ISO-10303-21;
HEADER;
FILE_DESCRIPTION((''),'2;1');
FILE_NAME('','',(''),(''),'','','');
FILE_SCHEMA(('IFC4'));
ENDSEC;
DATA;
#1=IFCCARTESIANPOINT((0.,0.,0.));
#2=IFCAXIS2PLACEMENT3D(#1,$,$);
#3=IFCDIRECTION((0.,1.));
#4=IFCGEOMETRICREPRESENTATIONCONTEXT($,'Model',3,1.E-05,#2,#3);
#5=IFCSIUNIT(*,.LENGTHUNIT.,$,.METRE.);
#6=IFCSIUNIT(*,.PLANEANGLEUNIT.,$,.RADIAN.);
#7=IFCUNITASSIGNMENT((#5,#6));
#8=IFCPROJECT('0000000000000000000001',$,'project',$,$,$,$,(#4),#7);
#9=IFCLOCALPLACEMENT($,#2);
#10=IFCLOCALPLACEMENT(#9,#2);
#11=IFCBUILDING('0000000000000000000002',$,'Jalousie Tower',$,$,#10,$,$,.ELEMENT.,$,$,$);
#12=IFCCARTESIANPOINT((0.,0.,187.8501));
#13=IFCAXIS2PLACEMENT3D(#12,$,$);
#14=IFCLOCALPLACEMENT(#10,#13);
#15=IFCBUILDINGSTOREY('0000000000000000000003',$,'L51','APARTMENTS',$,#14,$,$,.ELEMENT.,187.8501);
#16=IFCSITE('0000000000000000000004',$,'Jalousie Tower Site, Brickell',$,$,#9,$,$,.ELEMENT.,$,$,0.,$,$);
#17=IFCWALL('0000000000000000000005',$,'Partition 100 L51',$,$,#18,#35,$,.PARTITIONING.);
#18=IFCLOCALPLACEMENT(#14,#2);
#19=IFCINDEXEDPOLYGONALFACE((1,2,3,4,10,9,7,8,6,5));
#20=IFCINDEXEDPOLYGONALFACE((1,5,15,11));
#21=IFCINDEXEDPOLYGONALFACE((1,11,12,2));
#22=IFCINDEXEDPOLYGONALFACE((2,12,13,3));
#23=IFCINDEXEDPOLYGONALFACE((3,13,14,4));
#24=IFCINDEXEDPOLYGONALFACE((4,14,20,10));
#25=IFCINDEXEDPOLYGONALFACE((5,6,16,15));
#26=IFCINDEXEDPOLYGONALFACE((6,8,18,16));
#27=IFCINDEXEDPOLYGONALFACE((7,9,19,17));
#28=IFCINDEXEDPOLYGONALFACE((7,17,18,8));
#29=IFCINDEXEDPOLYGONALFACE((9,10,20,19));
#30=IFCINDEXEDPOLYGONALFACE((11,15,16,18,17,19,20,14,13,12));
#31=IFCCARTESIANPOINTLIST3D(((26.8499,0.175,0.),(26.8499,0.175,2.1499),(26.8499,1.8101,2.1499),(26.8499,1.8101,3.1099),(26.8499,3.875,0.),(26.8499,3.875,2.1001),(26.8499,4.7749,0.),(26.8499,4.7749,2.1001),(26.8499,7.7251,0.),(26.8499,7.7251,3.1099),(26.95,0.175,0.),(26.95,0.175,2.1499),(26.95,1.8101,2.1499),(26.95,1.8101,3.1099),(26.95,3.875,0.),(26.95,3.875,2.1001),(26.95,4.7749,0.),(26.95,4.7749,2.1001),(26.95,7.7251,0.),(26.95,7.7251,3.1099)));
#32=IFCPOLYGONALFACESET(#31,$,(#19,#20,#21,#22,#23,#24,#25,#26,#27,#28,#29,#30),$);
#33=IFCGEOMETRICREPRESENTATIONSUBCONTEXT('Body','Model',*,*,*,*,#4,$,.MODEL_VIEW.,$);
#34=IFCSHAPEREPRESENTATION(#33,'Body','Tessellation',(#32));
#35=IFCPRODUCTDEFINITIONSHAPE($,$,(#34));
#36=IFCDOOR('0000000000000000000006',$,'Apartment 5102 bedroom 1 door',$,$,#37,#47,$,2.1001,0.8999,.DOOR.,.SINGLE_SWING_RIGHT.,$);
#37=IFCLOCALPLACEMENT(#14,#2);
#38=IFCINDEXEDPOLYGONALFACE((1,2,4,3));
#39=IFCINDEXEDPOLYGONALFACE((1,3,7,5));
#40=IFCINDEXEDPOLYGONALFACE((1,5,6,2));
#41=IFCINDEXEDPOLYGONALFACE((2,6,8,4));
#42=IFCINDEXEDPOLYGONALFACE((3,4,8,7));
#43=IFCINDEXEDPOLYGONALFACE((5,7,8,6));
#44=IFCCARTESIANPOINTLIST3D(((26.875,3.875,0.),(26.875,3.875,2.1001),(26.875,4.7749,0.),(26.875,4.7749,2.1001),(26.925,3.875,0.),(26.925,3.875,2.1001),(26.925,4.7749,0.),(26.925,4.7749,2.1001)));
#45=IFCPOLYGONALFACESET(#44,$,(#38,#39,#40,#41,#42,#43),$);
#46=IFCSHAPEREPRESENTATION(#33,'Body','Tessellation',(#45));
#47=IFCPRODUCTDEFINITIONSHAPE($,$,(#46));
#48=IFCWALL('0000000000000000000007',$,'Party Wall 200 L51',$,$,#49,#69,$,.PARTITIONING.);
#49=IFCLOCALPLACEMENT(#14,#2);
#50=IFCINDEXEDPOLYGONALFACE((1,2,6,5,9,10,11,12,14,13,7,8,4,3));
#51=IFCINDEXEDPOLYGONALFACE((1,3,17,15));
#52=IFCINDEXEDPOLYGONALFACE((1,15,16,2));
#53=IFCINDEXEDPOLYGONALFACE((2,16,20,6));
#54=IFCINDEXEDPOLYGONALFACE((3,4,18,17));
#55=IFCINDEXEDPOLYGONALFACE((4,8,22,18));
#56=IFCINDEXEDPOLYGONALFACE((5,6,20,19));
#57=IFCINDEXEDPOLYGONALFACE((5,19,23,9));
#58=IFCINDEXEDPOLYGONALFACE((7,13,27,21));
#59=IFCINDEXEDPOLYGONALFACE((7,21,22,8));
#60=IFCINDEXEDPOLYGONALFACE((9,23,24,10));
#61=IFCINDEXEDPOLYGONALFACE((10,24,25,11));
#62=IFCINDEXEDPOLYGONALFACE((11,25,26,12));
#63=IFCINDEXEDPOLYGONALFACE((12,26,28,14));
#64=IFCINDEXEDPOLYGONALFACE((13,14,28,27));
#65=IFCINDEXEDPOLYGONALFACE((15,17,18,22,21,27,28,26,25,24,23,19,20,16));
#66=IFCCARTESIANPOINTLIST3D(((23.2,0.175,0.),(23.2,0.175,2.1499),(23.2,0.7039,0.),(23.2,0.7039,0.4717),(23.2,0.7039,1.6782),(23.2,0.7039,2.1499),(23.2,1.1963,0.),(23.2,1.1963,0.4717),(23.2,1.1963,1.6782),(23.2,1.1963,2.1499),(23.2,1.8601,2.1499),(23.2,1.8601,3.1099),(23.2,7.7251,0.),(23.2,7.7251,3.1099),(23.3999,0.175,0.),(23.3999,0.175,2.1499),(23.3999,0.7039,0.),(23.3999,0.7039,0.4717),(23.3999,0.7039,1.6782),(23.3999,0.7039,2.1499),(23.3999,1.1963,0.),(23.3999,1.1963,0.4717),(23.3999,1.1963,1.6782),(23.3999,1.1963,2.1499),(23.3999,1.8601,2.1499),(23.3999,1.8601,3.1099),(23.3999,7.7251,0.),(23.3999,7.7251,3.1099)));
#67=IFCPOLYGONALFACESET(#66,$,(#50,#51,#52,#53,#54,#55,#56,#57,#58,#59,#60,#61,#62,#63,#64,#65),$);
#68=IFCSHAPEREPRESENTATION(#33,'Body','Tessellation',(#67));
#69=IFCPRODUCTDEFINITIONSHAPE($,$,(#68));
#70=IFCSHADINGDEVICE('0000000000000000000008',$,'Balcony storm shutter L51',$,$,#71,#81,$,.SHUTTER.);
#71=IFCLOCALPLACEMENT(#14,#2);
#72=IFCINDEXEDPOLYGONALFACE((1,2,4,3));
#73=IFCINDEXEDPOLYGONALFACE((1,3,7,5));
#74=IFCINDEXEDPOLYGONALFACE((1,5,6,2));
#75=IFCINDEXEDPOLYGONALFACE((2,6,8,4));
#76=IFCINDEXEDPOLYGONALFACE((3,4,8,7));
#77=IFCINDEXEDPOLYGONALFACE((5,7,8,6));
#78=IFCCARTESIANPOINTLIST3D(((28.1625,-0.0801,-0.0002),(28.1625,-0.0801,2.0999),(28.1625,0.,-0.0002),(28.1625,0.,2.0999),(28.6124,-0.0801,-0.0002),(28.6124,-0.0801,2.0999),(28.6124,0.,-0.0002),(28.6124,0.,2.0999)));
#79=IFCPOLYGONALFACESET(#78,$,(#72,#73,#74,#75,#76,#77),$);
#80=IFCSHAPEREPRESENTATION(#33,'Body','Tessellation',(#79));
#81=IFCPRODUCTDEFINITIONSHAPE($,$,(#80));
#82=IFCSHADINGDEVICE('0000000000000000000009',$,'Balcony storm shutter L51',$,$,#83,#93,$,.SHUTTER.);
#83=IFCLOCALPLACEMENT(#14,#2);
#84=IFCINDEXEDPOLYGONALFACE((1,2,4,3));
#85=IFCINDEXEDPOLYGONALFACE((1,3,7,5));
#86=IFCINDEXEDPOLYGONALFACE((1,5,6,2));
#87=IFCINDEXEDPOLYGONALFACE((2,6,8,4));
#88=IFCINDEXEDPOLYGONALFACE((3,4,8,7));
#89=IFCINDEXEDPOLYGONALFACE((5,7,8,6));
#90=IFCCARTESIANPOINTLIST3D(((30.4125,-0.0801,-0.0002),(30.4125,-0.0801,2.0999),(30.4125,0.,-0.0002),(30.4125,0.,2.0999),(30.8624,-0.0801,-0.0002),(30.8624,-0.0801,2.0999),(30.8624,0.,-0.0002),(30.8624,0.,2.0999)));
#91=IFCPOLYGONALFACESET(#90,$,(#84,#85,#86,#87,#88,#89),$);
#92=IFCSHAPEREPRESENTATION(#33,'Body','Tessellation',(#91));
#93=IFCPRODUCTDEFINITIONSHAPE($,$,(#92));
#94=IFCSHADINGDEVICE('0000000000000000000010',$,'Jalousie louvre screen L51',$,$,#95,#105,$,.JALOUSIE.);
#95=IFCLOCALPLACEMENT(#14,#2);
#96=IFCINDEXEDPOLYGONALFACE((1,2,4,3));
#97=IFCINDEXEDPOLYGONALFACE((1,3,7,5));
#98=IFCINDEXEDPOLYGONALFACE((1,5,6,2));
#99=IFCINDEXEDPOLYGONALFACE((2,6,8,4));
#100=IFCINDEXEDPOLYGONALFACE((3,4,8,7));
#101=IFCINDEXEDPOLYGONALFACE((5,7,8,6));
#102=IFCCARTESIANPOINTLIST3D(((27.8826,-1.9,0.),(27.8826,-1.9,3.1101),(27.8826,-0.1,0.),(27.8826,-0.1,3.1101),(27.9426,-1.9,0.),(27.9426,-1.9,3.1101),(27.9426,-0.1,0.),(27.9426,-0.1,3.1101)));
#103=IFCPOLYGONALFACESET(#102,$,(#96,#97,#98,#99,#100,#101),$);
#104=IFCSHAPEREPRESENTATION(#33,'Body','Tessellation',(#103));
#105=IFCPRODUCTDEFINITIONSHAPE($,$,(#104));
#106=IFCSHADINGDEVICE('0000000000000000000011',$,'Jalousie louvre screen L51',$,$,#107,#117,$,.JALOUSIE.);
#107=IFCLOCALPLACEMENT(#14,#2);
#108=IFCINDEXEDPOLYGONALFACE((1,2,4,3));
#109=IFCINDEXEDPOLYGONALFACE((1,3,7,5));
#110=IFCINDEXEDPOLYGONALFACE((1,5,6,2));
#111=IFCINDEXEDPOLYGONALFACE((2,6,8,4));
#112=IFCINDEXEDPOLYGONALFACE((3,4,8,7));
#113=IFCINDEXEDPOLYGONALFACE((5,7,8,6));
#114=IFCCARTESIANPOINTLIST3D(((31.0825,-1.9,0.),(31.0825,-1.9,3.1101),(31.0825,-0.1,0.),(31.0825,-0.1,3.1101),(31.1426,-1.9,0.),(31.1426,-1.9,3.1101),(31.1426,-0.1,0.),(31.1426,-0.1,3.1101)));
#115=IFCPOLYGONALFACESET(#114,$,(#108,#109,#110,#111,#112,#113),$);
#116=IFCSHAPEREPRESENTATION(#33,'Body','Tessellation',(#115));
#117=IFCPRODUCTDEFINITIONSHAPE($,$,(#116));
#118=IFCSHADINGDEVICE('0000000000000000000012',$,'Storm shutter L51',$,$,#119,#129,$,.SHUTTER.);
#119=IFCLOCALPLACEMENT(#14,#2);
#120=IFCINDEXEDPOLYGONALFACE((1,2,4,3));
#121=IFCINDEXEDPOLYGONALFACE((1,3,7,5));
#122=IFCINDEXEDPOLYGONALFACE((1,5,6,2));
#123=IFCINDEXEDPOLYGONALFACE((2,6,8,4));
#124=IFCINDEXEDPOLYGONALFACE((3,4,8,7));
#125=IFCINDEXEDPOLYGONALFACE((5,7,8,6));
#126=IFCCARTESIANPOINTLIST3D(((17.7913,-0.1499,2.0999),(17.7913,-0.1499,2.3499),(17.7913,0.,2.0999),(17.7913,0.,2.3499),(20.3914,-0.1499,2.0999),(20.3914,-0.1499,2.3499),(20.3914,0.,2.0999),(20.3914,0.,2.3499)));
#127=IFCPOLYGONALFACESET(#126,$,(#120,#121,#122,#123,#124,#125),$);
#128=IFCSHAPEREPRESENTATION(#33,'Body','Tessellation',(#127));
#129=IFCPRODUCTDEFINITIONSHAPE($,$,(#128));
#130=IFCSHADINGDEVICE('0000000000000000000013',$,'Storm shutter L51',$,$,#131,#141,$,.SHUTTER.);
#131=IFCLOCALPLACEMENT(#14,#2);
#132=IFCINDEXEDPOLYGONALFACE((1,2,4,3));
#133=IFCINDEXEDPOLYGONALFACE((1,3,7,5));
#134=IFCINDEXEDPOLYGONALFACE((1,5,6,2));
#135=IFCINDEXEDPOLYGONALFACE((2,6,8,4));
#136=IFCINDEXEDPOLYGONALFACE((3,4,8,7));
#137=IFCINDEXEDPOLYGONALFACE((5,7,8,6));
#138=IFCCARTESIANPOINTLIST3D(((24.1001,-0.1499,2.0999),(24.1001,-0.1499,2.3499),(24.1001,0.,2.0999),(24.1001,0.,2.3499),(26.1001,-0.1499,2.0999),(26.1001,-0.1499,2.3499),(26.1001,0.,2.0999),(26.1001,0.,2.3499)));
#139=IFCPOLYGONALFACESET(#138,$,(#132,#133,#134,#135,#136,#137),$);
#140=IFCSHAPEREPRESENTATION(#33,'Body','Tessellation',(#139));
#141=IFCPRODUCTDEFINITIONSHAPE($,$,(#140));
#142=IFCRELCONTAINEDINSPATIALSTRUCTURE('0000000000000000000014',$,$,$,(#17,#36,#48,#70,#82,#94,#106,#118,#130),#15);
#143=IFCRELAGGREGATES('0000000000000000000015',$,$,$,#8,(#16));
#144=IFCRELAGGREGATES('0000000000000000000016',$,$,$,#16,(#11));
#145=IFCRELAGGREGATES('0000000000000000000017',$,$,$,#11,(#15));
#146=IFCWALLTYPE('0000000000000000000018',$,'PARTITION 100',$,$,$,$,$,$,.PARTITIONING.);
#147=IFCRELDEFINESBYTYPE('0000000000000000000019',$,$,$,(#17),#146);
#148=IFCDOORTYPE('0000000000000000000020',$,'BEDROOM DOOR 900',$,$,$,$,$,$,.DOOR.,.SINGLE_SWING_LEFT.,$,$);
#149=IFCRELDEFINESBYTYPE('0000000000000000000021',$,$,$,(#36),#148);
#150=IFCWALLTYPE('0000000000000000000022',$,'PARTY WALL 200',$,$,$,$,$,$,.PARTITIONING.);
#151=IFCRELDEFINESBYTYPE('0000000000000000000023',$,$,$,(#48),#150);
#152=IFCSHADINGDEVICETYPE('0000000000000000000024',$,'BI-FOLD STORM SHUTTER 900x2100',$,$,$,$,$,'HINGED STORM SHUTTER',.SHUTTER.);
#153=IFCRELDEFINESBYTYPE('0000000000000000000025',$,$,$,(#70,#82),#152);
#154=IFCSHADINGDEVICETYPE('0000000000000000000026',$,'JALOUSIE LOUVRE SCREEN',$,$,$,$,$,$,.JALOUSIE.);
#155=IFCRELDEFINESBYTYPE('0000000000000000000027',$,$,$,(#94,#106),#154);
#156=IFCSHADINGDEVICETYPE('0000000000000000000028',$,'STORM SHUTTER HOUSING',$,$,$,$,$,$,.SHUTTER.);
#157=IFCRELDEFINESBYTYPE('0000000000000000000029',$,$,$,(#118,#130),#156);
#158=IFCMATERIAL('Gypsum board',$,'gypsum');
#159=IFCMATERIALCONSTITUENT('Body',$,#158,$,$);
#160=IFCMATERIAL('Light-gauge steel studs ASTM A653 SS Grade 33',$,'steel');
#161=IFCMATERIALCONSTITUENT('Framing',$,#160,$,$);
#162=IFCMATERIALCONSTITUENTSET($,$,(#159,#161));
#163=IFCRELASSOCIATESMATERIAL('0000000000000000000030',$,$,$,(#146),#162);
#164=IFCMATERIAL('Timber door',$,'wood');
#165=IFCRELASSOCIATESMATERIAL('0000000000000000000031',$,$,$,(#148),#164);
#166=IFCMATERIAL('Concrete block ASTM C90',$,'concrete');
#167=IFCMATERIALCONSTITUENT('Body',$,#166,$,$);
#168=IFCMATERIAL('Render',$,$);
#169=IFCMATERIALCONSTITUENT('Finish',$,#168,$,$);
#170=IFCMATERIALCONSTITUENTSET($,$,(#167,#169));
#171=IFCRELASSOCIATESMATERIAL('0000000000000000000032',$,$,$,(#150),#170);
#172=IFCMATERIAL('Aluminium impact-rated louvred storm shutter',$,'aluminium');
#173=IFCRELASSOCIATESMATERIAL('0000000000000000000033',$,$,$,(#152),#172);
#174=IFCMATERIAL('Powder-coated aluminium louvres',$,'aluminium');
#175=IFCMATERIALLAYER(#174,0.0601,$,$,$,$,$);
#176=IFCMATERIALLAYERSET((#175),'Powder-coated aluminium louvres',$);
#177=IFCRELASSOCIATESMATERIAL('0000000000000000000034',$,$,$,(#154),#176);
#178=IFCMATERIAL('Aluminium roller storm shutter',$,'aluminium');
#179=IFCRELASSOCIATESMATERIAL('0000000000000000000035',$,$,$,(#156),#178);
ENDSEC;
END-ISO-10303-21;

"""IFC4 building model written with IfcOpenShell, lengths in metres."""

from ifc_helpers import new_model, si_unit, direction, frame, frame_2d, origin, origin_2d, place, context, subcontext, project, spatial, polyline, rectangle, outline, extrude, material, layer, layer_set, constituent, constituent_set, type_object, element, fill, save


model = new_model("IFC4")

# Units and contexts
model_context = context("Model", 3, precision=1e-05, world=origin(), true_north=direction((0.0, 1.0)))
body_context = subcontext(model_context, "Body", "Model", "MODEL_VIEW")
ifc_project = project(units=[si_unit("LENGTHUNIT", "METRE"), si_unit("PLANEANGLEUNIT", "RADIAN")], contexts=[model_context])

# Site, building, storey
site_placement = place(None, origin())
site = spatial("IfcSite", under=ifc_project, at=site_placement, Name="Jalousie Tower Site, Brickell", CompositionType="ELEMENT", RefElevation=0.0)
building_placement = place(site_placement, origin())
building = spatial("IfcBuilding", under=site, at=building_placement, Name="Jalousie Tower", CompositionType="ELEMENT")
storey_placement = place(building_placement, frame((0.0, 0.0, 187.8501)))
storey = spatial("IfcBuildingStorey", under=building, at=storey_placement, Name="L51", Description="APARTMENTS", CompositionType="ELEMENT", Elevation=187.8501)

# Shared definitions
ifc_material_1 = material(Name="Gypsum board", Category="gypsum")
ifc_constituent_1 = constituent(ifc_material_1, Name="Body")
ifc_material_2 = material(Name="Light-gauge steel studs ASTM A653 SS Grade 33", Category="steel")
ifc_constituent_2 = constituent(ifc_material_2, Name="Framing")
ifc_constituent_set_1 = constituent_set(constituents=[ifc_constituent_1, ifc_constituent_2])
wall_type_1 = type_object("IfcWallType", Name="PARTITION 100", PredefinedType="PARTITIONING", material=ifc_constituent_set_1)

# Wall, opening, door
wall_1_placement = place(storey_placement, frame((26.8999, 0.175, 0.0), z_axis=(0.0, 0.0, 1.0), x_axis=(0.0, 1.0, 0.0)))
wall_1 = element("IfcWall", 1, at=wall_1_placement, inside=storey, type_object=wall_type_1, Name="Partition 100 L51", PredefinedType="PARTITIONING", context=body_context, shape_type="SweptSolid", body=[
    extrude(outline(polyline([(0.0, 0.0), (7.55, 0.0), (7.55, 3.1099), (1.635, 3.1099), (1.635, 2.1499), (0.0, 2.1499), (0.0, 3.1099), (0.0, 0.0)])), frame((0.0, 0.05, 0.0), z_axis=(0.0, -1.0, 0.0), x_axis=(1.0, 0.0, 0.0)), (0.0, 0.0, 1.0), 0.1001),
])
opening_1_placement = place(wall_1_placement, frame((3.7, 0.0, 0.0)))
opening_1 = element("IfcOpeningElement", 2, at=opening_1_placement, cuts=wall_1, PredefinedType="OPENING", context=body_context, shape_type="SweptSolid", body=[
    extrude(rectangle(XDim=0.8999, YDim=2.1001, at=frame_2d((0.45, 1.05))), frame((0.0, 0.0601, 0.0), z_axis=(0.0, -1.0, 0.0), x_axis=(1.0, 0.0, 0.0)), (0.0, 0.0, 1.0), 0.1201),
])
ifc_material_3 = material(Name="Timber door", Category="wood")
door_type_1 = type_object("IfcDoorType", Name="BEDROOM DOOR 900", OperationType="SINGLE_SWING_LEFT", PredefinedType="DOOR", material=ifc_material_3)
door_1_placement = place(opening_1_placement, origin())
door_1 = element("IfcDoor", 3, at=door_1_placement, inside=storey, type_object=door_type_1, Name="Apartment 5102 bedroom 1 door", OperationType="SINGLE_SWING_RIGHT", OverallHeight=2.1001, OverallWidth=0.8999, PredefinedType="DOOR", context=body_context, shape_type="SweptSolid", body=[
    extrude(rectangle(XDim=0.8999, YDim=2.1001, at=frame_2d((0.45, 1.05))), frame((0.0, 0.0249, 0.0), z_axis=(0.0, -1.0, 0.0), x_axis=(1.0, 0.0, 0.0)), (0.0, 0.0, 1.0), 0.05),
])
fill(opening_1, door_1)

# Wall
ifc_material_4 = material(Name="Concrete block ASTM C90", Category="concrete")
ifc_constituent_3 = constituent(ifc_material_4, Name="Body")
ifc_material_5 = material(Name="Render")
ifc_constituent_4 = constituent(ifc_material_5, Name="Finish")
ifc_constituent_set_2 = constituent_set(constituents=[ifc_constituent_3, ifc_constituent_4])
wall_type_2 = type_object("IfcWallType", Name="PARTY WALL 200", PredefinedType="PARTITIONING", material=ifc_constituent_set_2)
wall_2_placement = place(storey_placement, frame((23.3, 0.175, 0.0), z_axis=(0.0, 0.0, 1.0), x_axis=(0.0, 1.0, 0.0)))
element("IfcWall", 4, at=wall_2_placement, inside=storey, type_object=wall_type_2, Name="Party Wall 200 L51", PredefinedType="PARTITIONING", context=body_context, shape_type="SweptSolid", body=[
    extrude(outline(polyline([(0.5288, 2.1499), (0.0, 2.1499), (0.0, 0.0), (0.5288, 0.0), (0.5288, 0.4717), (1.0212, 0.4717), (1.0212, 0.0), (7.55, 0.0), (7.55, 3.1099), (1.6851, 3.1099), (1.6851, 2.1499), (1.0212, 2.1499), (1.0212, 1.6782), (0.5288, 1.6782), (0.5288, 2.1499)])), frame((0.0, 0.1001, 0.0), z_axis=(0.0, -1.0, 0.0), x_axis=(1.0, 0.0, 0.0)), (0.0, 0.0, 1.0), 0.2),
])

# Shading devices
ifc_material_6 = material(Name="Aluminium impact-rated louvred storm shutter", Category="aluminium")
shading_device_type_1 = type_object("IfcShadingDeviceType", Name="BI-FOLD STORM SHUTTER 900x2100", ElementType="HINGED STORM SHUTTER", PredefinedType="SHUTTER", material=ifc_material_6)
for number, where, z_axis, x_axis, name in (
    (5, (28.3875, -0.04, -0.0002), (0.0, 0.0, 1.0), (1.0, 0.0, 0.0), "Balcony storm shutter L51"),
    (6, (30.6375, -0.04, -0.0002), (0.0, 0.0, 1.0), (1.0, 0.0, 0.0), "Balcony storm shutter L51"),
):
    element("IfcShadingDevice", number, at=place(storey_placement, frame(where, z_axis=z_axis, x_axis=x_axis)), inside=storey, type_object=shading_device_type_1, Name=name, PredefinedType="SHUTTER", context=body_context, shape_type="SweptSolid", body=[
        extrude(rectangle(XDim=0.45, YDim=0.0801, at=origin_2d()), origin(), (0.0, 0.0, 1.0), 2.1001),
    ])

# Shading devices
ifc_material_7 = material(Name="Powder-coated aluminium louvres", Category="aluminium")
ifc_layer_1 = layer(ifc_material_7, 0.0601)
ifc_layer_set_1 = layer_set([ifc_layer_1], Name="Powder-coated aluminium louvres")
shading_device_type_2 = type_object("IfcShadingDeviceType", Name="JALOUSIE LOUVRE SCREEN", PredefinedType="JALOUSIE", material=ifc_layer_set_1)
for number, where, z_axis, x_axis, name in (
    (7, (27.9126, -1.0, 0.0), (0.0, 0.0, 1.0), (1.0, 0.0, 0.0), "Jalousie louvre screen L51"),
    (8, (31.1125, -1.0, 0.0), (0.0, 0.0, 1.0), (1.0, 0.0, 0.0), "Jalousie louvre screen L51"),
):
    element("IfcShadingDevice", number, at=place(storey_placement, frame(where, z_axis=z_axis, x_axis=x_axis)), inside=storey, type_object=shading_device_type_2, Name=name, PredefinedType="JALOUSIE", context=body_context, shape_type="SweptSolid", body=[
        extrude(rectangle(XDim=0.0601, YDim=1.8, at=origin_2d()), origin(), (0.0, 0.0, 1.0), 3.1101),
    ])
ifc_material_8 = material(Name="Aluminium roller storm shutter", Category="aluminium")
shading_device_type_3 = type_object("IfcShadingDeviceType", Name="STORM SHUTTER HOUSING", PredefinedType="SHUTTER", material=ifc_material_8)
shading_device_1_placement = place(storey_placement, frame((19.0913, -0.075, 2.0999), z_axis=(0.0, 0.0, 1.0), x_axis=(1.0, 0.0, 0.0)))
element("IfcShadingDevice", 9, at=shading_device_1_placement, inside=storey, type_object=shading_device_type_3, Name="Storm shutter L51", PredefinedType="SHUTTER", context=body_context, shape_type="SweptSolid", body=[
    extrude(rectangle(XDim=2.6001, YDim=0.1499, at=origin_2d()), origin(), (0.0, 0.0, 1.0), 0.25),
])
shading_device_2_placement = place(storey_placement, frame((25.1001, -0.075, 2.0999), z_axis=(0.0, 0.0, 1.0), x_axis=(1.0, 0.0, 0.0)))
element("IfcShadingDevice", 10, at=shading_device_2_placement, inside=storey, type_object=shading_device_type_3, Name="Storm shutter L51", PredefinedType="SHUTTER", context=body_context, shape_type="SweptSolid", body=[
    extrude(rectangle(XDim=2.0, YDim=0.1499, at=origin_2d()), origin(), (0.0, 0.0, 1.0), 0.25),
])

save(model, "model.ifc")
